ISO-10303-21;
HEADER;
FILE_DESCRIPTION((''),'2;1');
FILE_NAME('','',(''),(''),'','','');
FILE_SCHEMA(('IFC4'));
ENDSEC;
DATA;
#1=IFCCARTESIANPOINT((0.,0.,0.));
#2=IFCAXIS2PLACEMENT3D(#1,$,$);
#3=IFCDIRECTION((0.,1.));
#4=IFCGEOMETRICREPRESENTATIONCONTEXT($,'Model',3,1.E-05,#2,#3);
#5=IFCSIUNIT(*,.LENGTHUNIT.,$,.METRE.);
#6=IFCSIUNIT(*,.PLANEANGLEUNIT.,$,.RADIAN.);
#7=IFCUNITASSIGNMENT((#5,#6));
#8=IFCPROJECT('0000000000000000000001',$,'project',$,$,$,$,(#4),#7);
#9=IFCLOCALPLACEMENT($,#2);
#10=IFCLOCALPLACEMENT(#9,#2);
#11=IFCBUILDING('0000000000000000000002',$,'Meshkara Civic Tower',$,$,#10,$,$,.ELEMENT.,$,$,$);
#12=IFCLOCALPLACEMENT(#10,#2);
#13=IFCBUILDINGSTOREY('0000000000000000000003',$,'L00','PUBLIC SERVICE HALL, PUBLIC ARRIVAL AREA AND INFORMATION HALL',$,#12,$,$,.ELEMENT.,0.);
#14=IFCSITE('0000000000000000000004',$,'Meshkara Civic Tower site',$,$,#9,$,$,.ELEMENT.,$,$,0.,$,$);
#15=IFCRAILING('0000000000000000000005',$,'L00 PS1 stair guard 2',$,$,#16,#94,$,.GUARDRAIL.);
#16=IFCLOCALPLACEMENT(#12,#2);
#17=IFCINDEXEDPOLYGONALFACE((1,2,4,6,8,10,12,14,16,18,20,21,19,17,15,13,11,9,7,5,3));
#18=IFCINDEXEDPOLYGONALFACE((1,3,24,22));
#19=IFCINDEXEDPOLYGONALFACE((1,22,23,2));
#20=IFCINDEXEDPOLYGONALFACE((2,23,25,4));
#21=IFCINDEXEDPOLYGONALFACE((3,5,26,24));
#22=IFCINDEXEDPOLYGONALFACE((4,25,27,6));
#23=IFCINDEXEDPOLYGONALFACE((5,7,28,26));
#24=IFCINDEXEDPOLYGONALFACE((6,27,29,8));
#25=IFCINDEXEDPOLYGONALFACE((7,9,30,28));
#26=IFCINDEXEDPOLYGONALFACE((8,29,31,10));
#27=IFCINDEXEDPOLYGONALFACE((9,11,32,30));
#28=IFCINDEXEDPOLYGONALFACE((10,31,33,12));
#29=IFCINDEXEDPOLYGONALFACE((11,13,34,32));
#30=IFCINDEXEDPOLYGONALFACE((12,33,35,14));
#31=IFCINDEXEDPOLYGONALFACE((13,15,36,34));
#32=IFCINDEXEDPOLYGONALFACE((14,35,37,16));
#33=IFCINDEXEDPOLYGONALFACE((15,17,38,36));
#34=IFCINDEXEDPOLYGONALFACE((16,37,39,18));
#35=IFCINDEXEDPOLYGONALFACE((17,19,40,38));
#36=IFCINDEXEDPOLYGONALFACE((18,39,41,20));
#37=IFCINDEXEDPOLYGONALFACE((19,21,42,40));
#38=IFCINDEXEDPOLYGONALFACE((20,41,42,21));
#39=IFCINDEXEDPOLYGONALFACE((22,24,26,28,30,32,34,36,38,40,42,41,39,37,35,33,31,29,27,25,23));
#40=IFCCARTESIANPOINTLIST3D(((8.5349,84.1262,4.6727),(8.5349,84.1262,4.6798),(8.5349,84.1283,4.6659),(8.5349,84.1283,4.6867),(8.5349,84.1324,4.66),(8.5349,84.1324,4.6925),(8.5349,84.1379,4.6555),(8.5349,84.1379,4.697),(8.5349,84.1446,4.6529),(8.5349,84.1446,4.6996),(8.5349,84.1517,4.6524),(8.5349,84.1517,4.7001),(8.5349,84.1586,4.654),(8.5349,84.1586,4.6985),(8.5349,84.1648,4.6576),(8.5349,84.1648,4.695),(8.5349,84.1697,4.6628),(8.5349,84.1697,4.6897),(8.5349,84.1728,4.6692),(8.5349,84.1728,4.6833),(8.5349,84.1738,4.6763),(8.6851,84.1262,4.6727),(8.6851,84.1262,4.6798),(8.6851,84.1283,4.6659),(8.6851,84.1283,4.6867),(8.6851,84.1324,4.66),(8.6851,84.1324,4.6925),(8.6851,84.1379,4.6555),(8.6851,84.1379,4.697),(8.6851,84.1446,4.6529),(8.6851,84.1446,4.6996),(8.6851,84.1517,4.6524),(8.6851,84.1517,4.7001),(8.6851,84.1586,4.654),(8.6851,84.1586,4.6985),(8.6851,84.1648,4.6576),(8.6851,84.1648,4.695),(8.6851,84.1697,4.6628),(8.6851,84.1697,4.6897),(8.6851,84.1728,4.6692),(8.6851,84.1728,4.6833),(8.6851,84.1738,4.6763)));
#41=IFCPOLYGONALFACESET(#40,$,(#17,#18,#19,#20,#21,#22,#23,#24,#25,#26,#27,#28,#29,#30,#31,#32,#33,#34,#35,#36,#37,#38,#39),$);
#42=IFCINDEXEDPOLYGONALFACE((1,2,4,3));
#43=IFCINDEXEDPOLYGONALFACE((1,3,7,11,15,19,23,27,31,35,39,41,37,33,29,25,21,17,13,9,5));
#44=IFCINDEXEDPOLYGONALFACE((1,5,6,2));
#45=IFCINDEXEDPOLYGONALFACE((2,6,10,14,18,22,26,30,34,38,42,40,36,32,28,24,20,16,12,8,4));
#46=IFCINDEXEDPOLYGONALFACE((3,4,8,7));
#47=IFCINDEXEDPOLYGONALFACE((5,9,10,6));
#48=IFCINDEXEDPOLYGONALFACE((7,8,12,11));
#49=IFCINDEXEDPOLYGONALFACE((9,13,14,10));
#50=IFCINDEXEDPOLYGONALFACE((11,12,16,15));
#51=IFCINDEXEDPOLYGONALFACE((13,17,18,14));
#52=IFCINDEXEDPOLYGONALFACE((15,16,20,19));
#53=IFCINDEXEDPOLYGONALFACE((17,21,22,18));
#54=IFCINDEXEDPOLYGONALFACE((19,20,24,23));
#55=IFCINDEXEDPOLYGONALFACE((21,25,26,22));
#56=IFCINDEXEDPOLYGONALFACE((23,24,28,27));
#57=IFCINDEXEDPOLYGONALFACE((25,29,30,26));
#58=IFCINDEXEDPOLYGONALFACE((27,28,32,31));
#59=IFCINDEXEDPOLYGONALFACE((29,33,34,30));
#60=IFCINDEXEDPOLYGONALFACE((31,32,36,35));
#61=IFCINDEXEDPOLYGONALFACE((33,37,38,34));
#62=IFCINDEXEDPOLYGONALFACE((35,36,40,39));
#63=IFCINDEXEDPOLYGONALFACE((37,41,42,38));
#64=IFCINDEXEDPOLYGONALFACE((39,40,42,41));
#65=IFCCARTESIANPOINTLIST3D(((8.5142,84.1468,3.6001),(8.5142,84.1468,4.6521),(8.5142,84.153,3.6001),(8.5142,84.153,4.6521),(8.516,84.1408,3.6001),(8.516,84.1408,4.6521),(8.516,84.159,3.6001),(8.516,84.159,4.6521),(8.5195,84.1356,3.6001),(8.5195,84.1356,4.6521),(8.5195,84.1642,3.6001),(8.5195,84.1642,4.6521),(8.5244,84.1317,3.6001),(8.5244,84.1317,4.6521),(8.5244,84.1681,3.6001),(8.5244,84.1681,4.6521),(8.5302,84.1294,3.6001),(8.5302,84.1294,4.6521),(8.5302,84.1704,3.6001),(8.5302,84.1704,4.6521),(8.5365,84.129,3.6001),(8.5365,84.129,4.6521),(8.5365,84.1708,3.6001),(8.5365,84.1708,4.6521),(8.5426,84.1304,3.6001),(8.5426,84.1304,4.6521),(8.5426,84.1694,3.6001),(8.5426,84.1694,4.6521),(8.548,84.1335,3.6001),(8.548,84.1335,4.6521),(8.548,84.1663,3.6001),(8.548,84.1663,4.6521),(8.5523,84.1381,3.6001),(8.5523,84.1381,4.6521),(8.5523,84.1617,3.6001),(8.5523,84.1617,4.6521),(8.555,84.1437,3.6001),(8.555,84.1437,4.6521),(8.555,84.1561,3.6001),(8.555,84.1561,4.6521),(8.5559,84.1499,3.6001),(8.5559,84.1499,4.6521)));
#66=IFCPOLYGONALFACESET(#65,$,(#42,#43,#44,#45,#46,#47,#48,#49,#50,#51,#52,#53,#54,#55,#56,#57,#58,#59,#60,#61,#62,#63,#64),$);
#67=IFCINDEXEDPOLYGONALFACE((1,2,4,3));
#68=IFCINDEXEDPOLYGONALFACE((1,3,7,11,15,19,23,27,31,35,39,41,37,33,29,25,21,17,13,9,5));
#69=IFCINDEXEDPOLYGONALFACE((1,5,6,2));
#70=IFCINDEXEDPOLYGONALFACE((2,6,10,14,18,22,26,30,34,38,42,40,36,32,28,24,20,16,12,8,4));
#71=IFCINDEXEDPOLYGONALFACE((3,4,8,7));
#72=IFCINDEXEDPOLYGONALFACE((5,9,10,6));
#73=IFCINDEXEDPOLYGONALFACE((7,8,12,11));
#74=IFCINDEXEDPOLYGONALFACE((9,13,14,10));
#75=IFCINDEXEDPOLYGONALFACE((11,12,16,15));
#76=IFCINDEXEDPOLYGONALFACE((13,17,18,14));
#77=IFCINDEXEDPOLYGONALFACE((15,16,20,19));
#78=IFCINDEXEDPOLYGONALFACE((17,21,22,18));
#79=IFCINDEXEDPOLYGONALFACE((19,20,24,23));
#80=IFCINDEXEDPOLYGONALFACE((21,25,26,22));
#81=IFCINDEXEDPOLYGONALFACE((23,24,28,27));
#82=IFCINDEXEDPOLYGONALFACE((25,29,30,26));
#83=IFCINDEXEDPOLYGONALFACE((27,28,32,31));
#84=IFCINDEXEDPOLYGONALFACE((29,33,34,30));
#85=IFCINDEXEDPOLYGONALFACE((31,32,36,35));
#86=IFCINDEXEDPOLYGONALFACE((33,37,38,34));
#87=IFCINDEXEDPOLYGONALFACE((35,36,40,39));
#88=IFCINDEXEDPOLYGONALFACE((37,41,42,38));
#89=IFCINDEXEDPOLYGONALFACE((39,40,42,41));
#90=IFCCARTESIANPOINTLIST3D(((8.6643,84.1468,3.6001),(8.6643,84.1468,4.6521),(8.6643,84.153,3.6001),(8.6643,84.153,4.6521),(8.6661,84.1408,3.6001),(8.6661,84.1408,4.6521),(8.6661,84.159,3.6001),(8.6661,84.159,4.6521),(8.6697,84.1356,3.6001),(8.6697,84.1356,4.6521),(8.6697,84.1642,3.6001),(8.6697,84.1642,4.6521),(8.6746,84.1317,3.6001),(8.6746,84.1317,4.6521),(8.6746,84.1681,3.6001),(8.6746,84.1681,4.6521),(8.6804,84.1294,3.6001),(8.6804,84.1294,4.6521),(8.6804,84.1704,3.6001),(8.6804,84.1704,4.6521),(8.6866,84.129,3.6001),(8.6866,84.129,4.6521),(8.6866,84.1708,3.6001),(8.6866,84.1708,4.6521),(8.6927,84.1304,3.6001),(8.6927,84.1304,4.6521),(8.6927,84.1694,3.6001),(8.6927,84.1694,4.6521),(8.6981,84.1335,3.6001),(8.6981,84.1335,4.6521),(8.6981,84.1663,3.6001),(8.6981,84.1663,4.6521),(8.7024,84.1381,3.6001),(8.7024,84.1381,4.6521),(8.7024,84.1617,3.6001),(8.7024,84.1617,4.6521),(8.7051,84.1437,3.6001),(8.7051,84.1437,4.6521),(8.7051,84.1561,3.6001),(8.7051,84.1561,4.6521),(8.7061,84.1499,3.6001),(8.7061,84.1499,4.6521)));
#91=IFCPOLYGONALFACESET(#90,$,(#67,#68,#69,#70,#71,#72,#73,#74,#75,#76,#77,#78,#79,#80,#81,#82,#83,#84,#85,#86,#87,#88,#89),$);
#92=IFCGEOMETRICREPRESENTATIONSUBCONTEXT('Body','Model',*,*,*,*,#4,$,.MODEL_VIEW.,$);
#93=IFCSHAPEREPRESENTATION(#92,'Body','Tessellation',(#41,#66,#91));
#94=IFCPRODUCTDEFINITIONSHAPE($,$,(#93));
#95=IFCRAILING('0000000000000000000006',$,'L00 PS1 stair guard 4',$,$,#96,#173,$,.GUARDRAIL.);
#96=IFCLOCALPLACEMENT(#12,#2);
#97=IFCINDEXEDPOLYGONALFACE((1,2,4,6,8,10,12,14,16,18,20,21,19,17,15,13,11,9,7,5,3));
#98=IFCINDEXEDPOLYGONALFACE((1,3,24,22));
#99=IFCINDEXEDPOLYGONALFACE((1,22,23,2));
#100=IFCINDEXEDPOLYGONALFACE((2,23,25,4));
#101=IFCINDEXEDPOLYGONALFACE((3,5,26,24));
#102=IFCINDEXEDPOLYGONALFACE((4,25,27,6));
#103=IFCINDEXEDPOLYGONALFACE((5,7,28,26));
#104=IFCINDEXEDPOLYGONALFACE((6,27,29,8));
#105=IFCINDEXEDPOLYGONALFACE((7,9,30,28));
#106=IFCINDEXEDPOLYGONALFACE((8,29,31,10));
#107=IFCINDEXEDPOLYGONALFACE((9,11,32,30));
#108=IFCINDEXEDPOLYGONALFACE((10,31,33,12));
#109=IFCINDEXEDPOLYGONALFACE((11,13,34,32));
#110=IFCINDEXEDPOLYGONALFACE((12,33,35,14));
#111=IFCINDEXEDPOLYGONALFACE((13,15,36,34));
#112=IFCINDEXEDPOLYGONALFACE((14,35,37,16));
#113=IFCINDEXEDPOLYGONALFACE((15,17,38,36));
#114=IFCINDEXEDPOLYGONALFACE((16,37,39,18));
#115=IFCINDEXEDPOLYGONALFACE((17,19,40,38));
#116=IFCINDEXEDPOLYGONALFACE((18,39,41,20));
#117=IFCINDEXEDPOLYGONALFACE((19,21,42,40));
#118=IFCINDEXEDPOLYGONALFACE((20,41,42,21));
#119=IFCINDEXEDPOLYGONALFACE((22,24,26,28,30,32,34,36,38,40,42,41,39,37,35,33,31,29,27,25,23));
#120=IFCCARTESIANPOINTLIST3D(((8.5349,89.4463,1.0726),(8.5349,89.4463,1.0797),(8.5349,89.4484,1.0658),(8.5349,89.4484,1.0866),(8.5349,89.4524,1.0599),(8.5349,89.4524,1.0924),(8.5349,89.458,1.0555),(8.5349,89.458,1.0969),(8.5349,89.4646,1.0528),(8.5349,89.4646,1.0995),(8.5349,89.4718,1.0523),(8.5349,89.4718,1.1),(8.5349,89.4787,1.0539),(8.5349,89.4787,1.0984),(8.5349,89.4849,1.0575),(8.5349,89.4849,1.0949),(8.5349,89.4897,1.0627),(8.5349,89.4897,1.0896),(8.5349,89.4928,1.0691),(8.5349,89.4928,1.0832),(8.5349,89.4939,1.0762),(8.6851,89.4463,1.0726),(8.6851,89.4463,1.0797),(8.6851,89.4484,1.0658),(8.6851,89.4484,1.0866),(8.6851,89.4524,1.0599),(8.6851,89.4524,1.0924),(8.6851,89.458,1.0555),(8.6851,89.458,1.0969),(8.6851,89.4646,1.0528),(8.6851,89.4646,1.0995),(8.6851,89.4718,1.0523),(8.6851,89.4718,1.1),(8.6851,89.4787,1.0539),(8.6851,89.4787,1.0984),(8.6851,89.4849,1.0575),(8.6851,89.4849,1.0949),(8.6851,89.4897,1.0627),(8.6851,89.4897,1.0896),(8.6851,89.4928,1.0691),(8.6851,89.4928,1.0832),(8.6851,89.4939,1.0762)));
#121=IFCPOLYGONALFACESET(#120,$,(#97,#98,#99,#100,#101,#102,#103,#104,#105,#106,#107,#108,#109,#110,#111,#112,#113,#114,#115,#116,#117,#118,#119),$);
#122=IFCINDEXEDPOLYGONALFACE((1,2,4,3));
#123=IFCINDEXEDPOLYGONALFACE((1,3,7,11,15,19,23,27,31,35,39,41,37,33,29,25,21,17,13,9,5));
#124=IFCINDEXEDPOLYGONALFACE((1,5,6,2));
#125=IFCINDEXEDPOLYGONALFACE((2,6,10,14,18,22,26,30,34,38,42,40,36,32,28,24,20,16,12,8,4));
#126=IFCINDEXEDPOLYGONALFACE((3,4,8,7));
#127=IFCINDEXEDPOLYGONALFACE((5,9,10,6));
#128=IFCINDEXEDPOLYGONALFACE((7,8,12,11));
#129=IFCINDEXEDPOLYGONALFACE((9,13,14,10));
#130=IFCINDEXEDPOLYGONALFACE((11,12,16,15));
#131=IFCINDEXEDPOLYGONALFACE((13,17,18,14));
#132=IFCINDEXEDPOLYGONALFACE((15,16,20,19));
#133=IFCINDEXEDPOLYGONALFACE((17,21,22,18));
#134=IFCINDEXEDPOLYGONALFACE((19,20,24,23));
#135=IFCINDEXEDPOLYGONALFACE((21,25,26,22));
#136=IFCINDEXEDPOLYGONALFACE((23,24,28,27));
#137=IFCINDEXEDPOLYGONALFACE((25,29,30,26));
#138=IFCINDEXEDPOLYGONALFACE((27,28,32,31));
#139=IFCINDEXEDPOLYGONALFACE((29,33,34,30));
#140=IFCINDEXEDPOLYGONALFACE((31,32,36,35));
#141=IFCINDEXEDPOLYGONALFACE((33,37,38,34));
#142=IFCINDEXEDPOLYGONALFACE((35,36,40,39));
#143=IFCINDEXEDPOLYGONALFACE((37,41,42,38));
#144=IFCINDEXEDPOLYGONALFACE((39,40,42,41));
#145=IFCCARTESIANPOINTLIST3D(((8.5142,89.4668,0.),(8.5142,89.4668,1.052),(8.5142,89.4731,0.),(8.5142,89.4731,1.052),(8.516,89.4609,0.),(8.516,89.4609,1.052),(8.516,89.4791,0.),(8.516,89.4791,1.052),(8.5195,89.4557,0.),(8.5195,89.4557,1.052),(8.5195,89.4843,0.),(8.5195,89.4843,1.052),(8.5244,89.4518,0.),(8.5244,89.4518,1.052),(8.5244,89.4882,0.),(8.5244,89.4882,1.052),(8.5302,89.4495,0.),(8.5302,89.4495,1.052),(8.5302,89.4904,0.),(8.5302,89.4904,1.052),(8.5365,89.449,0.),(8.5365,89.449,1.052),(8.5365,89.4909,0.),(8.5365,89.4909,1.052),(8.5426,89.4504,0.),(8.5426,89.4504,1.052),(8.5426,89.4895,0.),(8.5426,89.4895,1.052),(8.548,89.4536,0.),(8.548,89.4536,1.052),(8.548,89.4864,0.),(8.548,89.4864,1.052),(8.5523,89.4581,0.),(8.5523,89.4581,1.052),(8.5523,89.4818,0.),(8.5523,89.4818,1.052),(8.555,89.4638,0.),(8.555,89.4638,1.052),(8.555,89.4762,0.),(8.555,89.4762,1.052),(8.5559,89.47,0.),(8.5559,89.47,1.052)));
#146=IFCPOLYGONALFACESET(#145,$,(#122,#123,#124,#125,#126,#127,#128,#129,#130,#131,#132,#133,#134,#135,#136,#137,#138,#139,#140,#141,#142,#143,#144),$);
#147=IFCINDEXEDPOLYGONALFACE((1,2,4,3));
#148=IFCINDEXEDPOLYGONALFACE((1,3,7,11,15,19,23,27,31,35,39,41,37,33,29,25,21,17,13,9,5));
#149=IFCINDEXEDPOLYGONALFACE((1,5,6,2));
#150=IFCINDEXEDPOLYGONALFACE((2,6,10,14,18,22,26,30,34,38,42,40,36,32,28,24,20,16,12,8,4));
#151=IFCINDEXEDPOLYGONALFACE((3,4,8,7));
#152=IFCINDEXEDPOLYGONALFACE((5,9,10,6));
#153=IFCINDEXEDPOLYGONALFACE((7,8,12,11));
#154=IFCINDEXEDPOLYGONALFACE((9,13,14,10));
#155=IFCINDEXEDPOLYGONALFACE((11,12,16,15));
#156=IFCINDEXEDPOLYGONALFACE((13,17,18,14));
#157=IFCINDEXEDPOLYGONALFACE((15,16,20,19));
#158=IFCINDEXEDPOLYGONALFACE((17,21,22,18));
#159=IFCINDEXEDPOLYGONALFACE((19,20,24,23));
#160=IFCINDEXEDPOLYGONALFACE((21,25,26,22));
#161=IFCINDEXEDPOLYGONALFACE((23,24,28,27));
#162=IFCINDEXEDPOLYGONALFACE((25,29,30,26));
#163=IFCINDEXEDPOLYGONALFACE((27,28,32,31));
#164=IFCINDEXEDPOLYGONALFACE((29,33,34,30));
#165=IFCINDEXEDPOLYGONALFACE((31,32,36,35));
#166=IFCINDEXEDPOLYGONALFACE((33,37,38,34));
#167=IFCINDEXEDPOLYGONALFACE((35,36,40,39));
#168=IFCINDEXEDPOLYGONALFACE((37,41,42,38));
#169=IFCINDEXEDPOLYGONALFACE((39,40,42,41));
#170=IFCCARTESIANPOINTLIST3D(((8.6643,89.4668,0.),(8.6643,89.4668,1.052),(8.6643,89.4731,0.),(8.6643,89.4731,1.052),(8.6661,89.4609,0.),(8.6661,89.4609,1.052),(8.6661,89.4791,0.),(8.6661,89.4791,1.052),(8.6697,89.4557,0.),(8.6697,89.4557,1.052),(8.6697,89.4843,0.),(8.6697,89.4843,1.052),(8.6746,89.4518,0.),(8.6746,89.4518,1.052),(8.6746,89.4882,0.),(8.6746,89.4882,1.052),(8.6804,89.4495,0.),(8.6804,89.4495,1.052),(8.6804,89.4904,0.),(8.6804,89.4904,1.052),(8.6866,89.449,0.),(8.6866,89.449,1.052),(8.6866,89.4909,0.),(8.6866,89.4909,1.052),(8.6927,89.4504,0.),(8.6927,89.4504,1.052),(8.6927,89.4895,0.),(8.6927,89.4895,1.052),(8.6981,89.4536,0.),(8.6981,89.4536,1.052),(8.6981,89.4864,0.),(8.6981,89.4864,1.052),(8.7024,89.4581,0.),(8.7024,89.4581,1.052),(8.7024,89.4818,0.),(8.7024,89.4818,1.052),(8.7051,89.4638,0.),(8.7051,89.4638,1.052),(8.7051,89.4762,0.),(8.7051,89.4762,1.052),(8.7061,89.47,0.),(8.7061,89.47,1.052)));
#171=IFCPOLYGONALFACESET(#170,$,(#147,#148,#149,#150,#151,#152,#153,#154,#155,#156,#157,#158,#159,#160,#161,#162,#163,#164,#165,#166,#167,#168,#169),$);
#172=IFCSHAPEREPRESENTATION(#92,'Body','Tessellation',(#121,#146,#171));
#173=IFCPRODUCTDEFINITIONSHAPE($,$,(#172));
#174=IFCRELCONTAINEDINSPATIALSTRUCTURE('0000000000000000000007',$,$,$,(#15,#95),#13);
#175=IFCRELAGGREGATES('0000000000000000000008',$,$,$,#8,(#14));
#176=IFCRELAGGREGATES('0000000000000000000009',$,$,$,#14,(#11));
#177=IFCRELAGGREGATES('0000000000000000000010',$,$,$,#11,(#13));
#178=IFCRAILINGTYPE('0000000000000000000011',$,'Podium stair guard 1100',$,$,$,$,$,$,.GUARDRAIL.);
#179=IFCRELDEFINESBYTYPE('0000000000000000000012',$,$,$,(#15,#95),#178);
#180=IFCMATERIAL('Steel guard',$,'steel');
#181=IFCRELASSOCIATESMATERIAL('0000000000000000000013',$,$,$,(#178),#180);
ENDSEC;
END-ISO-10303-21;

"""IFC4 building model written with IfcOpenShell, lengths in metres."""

from ifc_helpers import new_model, si_unit, direction, frame, origin, origin_2d, place, context, subcontext, project, spatial, circle, extrude, material, type_object, element, save


model = new_model("IFC4")

# Units and contexts
model_context = context("Model", 3, precision=1e-05, world=origin(), true_north=direction((0.0, 1.0)))
body_context = subcontext(model_context, "Body", "Model", "MODEL_VIEW")
ifc_project = project(units=[si_unit("LENGTHUNIT", "METRE"), si_unit("PLANEANGLEUNIT", "RADIAN")], contexts=[model_context])

# Site, building, storey
site_placement = place(None, origin())
site = spatial("IfcSite", under=ifc_project, at=site_placement, Name="Meshkara Civic Tower site", CompositionType="ELEMENT", RefElevation=0.0)
building_placement = place(site_placement, origin())
building = spatial("IfcBuilding", under=site, at=building_placement, Name="Meshkara Civic Tower", CompositionType="ELEMENT")
storey_placement = place(building_placement, origin())
storey = spatial("IfcBuildingStorey", under=building, at=storey_placement, Name="L00", Description="PUBLIC SERVICE HALL, PUBLIC ARRIVAL AREA AND INFORMATION HALL", CompositionType="ELEMENT", Elevation=0.0)

# Railings
ifc_material_1 = material(Name="Steel guard", Category="steel")
railing_type_1 = type_object("IfcRailingType", Name="Podium stair guard 1100", PredefinedType="GUARDRAIL", material=ifc_material_1)
for number, where, name in (
    (1, (8.5349, 84.1499, 3.6001), "L00 PS1 stair guard 2"),
    (2, (8.5349, 89.47, 0.0), "L00 PS1 stair guard 4"),
):
    element("IfcRailing", number, at=place(storey_placement, frame(where)), inside=storey, type_object=railing_type_1, Name=name, PredefinedType="GUARDRAIL", context=body_context, shape_type="SweptSolid", body=[
        extrude(circle(Radius=0.0239, at=origin_2d()), frame((0.0, 0.0, 1.0762), z_axis=(1.0, 0.0, 0.0), x_axis=(0.0, 1.0, 0.0)), (0.0, 0.0, 1.0), 0.1501),
        extrude(circle(Radius=0.021, at=origin_2d()), origin(), (0.0, 0.0, 1.0), 1.052),
        extrude(circle(Radius=0.021, at=origin_2d()), frame((0.1501, 0.0, 0.0)), (0.0, 0.0, 1.0), 1.052),
    ])

save(model, "model.ifc")
